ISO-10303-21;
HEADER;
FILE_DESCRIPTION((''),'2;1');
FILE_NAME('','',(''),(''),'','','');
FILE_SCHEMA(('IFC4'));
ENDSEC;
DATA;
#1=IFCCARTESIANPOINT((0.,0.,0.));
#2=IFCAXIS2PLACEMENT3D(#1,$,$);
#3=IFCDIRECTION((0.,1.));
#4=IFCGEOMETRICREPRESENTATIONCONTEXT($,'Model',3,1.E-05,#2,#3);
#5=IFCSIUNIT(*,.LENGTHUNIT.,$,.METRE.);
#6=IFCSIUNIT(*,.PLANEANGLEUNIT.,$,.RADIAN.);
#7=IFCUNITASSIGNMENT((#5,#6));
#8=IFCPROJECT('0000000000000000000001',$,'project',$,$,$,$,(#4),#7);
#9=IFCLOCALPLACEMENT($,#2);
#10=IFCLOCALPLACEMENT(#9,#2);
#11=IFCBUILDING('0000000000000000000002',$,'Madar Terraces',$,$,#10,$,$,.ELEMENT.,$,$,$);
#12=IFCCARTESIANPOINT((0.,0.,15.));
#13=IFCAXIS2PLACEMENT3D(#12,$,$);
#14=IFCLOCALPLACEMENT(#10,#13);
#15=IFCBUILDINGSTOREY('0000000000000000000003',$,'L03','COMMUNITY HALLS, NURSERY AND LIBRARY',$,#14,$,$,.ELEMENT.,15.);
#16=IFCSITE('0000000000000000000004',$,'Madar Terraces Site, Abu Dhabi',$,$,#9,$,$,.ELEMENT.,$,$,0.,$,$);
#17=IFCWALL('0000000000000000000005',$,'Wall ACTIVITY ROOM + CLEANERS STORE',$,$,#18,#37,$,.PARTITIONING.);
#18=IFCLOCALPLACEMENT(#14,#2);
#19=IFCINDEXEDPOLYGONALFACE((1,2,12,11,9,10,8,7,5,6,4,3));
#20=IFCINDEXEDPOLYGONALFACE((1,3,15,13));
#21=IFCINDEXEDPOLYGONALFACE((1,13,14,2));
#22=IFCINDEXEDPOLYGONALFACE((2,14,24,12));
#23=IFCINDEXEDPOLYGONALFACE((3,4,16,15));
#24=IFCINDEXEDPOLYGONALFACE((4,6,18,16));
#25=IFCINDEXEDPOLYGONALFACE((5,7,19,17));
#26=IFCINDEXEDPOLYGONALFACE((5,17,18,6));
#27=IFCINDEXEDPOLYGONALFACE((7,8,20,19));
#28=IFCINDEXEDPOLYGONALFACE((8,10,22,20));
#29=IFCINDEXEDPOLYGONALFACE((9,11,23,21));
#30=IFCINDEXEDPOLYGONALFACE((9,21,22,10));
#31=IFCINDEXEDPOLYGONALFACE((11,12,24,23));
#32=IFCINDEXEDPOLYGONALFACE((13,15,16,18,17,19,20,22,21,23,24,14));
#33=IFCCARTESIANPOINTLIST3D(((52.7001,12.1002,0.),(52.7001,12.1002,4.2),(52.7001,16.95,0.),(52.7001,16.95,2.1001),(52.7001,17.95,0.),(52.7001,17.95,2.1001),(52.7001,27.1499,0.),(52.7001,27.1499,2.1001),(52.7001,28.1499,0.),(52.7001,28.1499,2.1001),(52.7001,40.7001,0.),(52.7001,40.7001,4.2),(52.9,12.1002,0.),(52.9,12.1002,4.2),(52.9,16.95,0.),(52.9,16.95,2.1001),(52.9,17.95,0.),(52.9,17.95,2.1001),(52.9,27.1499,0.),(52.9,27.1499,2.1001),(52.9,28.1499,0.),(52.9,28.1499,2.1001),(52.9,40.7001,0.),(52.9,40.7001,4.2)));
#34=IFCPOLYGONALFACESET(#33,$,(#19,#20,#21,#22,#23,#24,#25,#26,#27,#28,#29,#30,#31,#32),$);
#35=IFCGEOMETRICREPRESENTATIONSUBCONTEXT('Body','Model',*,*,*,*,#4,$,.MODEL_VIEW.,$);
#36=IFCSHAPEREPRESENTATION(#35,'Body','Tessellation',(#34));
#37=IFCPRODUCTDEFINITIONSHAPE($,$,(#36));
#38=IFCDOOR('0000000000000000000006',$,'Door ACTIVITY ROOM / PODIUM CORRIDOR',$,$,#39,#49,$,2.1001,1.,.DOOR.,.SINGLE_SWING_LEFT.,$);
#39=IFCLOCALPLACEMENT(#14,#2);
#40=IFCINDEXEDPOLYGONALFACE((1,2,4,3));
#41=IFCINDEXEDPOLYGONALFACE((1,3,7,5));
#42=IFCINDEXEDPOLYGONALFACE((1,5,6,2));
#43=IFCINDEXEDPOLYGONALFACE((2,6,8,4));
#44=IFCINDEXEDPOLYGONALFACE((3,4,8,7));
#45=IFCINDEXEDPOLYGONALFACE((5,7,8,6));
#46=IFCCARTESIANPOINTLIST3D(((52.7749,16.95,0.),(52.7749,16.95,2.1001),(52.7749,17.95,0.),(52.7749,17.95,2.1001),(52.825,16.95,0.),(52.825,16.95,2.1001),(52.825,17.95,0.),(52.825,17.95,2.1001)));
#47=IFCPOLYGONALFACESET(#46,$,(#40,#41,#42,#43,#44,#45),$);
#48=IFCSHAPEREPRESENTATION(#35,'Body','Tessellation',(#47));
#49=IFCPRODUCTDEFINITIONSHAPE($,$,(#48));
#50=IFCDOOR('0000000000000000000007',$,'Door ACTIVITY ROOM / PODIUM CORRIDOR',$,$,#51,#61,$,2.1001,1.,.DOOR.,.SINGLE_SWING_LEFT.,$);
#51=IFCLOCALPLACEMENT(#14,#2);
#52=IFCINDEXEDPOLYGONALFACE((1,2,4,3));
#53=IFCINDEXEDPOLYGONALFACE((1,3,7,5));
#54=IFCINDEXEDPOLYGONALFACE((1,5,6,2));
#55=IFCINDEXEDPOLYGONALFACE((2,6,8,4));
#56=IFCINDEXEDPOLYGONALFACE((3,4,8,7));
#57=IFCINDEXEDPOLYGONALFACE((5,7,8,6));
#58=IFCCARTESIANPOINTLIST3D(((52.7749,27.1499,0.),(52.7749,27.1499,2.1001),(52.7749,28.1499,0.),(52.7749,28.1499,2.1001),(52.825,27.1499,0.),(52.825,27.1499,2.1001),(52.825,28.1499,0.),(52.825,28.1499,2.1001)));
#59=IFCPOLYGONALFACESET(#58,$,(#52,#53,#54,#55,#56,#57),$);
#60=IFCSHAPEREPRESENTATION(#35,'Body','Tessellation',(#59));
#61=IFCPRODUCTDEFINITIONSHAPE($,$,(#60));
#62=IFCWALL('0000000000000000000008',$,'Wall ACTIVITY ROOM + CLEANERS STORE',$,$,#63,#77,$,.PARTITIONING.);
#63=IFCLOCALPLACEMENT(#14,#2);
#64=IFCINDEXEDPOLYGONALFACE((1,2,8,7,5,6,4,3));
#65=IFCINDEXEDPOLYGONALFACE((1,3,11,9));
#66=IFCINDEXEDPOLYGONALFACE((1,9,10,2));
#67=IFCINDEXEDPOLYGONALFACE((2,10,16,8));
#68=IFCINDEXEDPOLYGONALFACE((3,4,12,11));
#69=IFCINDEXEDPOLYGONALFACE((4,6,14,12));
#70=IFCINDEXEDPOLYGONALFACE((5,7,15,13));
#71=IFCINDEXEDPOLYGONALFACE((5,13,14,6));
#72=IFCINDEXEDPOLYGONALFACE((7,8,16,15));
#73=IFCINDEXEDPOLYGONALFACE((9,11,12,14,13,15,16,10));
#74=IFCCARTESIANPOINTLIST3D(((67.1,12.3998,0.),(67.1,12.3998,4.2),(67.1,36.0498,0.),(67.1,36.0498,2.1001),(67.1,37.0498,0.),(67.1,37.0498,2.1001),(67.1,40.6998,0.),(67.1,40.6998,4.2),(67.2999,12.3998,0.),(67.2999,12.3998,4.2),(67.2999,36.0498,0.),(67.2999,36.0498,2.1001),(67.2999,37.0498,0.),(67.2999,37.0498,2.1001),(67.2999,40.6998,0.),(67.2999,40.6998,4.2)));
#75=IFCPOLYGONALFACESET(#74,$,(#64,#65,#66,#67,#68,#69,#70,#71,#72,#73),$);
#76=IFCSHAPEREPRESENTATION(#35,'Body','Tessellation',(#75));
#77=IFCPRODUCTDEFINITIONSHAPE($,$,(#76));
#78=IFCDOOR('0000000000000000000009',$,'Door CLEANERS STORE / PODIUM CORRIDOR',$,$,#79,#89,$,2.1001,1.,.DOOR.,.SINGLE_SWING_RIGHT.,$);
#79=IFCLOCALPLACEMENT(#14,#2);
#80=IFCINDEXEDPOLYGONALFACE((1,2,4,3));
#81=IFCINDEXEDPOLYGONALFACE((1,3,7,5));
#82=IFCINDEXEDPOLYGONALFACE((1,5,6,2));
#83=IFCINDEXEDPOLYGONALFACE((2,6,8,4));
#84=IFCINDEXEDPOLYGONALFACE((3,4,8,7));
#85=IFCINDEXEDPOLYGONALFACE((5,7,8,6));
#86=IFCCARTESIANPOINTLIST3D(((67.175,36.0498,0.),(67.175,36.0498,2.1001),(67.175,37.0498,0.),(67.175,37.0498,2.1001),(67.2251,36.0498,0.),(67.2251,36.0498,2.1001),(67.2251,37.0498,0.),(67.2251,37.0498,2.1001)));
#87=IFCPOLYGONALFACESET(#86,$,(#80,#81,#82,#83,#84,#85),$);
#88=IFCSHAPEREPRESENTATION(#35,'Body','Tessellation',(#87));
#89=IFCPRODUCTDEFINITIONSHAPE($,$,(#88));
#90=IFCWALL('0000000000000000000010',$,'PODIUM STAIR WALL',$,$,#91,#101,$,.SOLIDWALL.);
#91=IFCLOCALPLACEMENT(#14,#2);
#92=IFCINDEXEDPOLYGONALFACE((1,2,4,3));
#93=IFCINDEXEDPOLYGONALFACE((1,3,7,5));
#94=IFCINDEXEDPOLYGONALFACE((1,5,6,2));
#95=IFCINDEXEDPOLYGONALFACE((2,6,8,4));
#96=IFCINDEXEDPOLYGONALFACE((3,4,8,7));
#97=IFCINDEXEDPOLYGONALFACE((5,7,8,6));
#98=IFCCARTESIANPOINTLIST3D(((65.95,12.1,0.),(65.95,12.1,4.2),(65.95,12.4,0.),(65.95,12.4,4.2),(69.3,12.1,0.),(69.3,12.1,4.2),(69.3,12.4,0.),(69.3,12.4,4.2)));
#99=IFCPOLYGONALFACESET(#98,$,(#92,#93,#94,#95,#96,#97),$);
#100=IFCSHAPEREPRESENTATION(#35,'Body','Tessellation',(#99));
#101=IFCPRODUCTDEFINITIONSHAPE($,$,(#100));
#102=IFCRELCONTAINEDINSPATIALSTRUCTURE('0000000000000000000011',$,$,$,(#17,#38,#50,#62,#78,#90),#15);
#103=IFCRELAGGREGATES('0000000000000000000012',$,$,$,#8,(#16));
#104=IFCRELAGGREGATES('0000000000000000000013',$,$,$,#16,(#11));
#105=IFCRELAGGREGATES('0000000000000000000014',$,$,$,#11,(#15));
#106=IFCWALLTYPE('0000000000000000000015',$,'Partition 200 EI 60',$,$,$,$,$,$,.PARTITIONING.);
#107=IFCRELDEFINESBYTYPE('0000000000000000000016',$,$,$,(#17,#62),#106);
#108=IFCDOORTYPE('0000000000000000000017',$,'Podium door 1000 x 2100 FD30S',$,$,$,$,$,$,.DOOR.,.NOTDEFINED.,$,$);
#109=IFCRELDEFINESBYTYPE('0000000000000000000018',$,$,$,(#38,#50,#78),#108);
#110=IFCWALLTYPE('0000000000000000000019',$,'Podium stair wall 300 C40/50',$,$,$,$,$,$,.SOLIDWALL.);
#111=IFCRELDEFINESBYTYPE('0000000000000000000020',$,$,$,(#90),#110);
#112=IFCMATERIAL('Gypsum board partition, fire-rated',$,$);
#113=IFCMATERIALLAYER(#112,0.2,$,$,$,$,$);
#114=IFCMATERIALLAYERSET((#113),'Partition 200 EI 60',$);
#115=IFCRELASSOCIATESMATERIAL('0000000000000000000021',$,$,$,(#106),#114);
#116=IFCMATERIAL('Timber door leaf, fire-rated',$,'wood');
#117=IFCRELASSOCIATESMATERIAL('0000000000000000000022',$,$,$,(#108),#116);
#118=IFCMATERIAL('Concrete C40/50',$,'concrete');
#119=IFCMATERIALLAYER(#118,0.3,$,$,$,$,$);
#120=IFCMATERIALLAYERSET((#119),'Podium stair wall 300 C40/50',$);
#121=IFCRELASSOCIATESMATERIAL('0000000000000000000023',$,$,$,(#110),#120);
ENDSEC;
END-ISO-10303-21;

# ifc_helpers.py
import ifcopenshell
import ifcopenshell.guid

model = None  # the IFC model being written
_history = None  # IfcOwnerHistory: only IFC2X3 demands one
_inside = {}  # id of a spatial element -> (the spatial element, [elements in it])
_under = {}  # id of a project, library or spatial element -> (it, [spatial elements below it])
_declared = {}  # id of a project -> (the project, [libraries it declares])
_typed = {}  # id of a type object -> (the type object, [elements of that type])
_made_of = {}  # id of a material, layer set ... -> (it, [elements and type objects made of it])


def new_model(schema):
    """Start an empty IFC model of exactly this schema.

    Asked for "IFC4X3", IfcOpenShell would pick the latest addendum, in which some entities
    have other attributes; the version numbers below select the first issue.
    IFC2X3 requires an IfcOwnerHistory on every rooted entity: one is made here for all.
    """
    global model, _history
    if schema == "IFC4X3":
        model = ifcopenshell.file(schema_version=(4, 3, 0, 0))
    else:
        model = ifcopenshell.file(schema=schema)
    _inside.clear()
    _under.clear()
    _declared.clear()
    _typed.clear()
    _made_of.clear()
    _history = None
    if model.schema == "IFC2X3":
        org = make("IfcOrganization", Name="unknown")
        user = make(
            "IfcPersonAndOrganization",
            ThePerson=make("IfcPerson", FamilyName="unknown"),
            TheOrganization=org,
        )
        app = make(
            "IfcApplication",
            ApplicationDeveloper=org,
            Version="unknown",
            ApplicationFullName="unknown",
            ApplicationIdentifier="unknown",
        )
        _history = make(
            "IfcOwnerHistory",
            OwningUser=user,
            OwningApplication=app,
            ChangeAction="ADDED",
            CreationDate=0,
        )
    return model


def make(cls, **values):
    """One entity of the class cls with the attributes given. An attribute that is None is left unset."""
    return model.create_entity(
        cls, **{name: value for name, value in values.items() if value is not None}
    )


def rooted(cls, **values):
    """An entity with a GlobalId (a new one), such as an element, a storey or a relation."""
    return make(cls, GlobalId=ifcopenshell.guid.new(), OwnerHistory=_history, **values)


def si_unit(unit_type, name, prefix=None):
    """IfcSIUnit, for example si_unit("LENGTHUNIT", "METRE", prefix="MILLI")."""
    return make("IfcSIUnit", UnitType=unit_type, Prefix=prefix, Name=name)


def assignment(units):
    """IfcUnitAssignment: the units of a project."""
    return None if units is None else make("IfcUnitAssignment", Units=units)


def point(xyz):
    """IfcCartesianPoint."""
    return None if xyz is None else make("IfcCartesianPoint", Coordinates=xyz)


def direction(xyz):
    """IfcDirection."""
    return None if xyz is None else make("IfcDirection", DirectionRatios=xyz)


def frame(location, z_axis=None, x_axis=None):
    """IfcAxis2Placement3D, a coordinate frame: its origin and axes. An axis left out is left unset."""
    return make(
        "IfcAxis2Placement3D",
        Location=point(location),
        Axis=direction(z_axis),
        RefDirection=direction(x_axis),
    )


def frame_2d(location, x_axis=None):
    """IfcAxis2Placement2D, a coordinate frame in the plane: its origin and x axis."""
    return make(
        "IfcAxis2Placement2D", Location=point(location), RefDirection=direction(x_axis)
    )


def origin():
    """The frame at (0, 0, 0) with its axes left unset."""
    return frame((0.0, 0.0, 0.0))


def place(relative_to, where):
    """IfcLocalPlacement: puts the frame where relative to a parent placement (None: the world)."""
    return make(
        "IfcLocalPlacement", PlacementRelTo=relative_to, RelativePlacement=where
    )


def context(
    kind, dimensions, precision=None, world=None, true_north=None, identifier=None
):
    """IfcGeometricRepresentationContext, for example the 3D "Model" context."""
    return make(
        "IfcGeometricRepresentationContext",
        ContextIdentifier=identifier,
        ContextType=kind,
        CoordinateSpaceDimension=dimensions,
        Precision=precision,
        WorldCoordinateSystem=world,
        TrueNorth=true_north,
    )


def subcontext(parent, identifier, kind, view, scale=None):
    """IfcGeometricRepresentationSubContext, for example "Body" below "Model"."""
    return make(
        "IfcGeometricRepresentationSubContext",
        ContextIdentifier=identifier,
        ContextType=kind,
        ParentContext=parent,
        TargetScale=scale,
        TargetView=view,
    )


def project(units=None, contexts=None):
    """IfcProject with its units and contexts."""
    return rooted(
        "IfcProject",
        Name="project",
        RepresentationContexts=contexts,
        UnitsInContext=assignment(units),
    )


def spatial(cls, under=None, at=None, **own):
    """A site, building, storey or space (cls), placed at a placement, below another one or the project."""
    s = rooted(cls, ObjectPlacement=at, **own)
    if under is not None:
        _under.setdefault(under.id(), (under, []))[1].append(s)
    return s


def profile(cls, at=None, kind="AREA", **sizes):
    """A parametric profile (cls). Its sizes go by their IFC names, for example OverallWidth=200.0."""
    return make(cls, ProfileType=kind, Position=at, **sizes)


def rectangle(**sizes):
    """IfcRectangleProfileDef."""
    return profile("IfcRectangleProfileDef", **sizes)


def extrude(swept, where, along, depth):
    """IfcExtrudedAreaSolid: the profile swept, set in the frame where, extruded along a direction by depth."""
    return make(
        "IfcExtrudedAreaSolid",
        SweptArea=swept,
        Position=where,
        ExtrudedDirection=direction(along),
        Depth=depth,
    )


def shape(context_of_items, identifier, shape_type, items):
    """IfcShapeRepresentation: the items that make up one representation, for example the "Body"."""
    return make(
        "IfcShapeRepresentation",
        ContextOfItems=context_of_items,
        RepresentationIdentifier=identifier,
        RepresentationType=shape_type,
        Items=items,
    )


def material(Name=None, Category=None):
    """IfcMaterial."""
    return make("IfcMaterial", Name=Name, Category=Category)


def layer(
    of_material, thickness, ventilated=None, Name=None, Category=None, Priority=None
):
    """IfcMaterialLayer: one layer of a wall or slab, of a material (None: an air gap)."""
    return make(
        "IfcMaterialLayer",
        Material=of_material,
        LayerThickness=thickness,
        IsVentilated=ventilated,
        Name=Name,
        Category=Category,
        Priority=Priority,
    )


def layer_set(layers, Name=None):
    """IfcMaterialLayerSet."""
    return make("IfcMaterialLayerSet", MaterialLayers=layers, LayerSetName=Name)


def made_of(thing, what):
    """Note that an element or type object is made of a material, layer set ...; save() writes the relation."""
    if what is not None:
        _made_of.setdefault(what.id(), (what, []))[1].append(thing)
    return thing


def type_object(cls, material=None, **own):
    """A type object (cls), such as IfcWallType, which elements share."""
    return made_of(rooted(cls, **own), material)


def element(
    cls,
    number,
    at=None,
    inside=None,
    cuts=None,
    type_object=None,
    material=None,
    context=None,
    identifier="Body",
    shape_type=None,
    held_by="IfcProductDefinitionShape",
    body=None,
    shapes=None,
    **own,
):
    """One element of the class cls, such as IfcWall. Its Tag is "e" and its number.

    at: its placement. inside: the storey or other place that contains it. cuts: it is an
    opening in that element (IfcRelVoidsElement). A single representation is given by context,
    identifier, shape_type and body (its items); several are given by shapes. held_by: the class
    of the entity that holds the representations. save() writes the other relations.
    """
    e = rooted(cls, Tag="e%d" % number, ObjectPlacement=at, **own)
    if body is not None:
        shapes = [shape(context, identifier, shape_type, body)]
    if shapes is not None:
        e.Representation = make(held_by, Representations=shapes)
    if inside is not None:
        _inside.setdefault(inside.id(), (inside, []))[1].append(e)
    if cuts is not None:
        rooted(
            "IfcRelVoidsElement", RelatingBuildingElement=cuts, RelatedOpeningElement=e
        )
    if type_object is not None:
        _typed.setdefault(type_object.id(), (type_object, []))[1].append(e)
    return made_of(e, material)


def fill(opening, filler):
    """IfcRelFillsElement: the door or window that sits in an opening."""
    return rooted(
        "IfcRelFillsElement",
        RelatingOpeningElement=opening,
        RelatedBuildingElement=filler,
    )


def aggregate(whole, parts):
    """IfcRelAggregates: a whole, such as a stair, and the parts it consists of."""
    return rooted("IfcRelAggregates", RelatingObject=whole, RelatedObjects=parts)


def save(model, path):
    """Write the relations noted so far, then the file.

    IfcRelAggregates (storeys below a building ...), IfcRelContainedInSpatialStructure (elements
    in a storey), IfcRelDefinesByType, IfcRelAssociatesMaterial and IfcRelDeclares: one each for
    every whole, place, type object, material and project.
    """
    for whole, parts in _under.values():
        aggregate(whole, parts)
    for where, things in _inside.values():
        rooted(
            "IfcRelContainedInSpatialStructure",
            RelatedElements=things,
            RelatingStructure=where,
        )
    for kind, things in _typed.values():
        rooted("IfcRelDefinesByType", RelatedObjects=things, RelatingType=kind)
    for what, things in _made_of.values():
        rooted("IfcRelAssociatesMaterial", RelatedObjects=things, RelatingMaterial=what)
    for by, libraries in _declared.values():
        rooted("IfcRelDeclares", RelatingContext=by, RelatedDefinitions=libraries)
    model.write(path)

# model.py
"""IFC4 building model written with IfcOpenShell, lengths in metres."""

from ifc_helpers import new_model, si_unit, direction, frame, frame_2d, origin, place, context, subcontext, project, spatial, rectangle, extrude, material, layer, layer_set, type_object, element, fill, save


model = new_model("IFC4")

# Units and contexts
model_context = context("Model", 3, precision=1e-05, world=origin(), true_north=direction((0.0, 1.0)))
body_context = subcontext(model_context, "Body", "Model", "MODEL_VIEW")
ifc_project = project(units=[si_unit("LENGTHUNIT", "METRE"), si_unit("PLANEANGLEUNIT", "RADIAN")], contexts=[model_context])

# Site, building, storey
site_placement = place(None, origin())
site = spatial("IfcSite", under=ifc_project, at=site_placement, Name="Madar Terraces Site, Abu Dhabi", CompositionType="ELEMENT", RefElevation=0.0)
building_placement = place(site_placement, origin())
building = spatial("IfcBuilding", under=site, at=building_placement, Name="Madar Terraces", CompositionType="ELEMENT")
storey_placement = place(building_placement, frame((0.0, 0.0, 15.0)))
storey = spatial("IfcBuildingStorey", under=building, at=storey_placement, Name="L03", Description="COMMUNITY HALLS, NURSERY AND LIBRARY", CompositionType="ELEMENT", Elevation=15.0)

# Shared definitions
ifc_material_1 = material(Name="Gypsum board partition, fire-rated")
ifc_layer_1 = layer(ifc_material_1, 0.2)
ifc_layer_set_1 = layer_set([ifc_layer_1], Name="Partition 200 EI 60")
wall_type_1 = type_object("IfcWallType", Name="Partition 200 EI 60", PredefinedType="PARTITIONING", material=ifc_layer_set_1)

# Wall, openings, doors
wall_1_placement = place(storey_placement, frame((52.8, 40.7, 0.0), z_axis=(0.0, 0.0, 1.0), x_axis=(0.0, -1.0, 0.0)))
wall_1 = element("IfcWall", 1, at=wall_1_placement, inside=storey, type_object=wall_type_1, Name="Wall ACTIVITY ROOM + CLEANERS STORE", PredefinedType="PARTITIONING", context=body_context, shape_type="SweptSolid", body=[
    extrude(rectangle(XDim=28.5999, YDim=0.2, at=frame_2d((14.2998, 0.0))), origin(), (0.0, 0.0, 1.0), 4.2),
])
opening_1_placement = place(wall_1_placement, frame((22.75, 0.0, 0.0)))
opening_1 = element("IfcOpeningElement", 2, at=opening_1_placement, cuts=wall_1, PredefinedType="OPENING", context=body_context, shape_type="SweptSolid", body=[
    extrude(rectangle(XDim=1.0, YDim=2.1001, at=frame_2d((0.5, 1.05))), frame((0.0, 0.1099, 0.0), z_axis=(0.0, -1.0, 0.0), x_axis=(1.0, 0.0, 0.0)), (0.0, 0.0, 1.0), 0.22),
])
opening_2_placement = place(wall_1_placement, frame((12.55, 0.0, 0.0)))
opening_2 = element("IfcOpeningElement", 3, at=opening_2_placement, cuts=wall_1, PredefinedType="OPENING", context=body_context, shape_type="SweptSolid", body=[
    extrude(rectangle(XDim=1.0, YDim=2.1001, at=frame_2d((0.5, 1.05))), frame((0.0, 0.1099, 0.0), z_axis=(0.0, -1.0, 0.0), x_axis=(1.0, 0.0, 0.0)), (0.0, 0.0, 1.0), 0.22),
])
ifc_material_2 = material(Name="Timber door leaf, fire-rated", Category="wood")
door_type_1 = type_object("IfcDoorType", Name="Podium door 1000 x 2100 FD30S", OperationType="NOTDEFINED", PredefinedType="DOOR", material=ifc_material_2)
door_1_placement = place(opening_1_placement, origin())
door_1 = element("IfcDoor", 4, at=door_1_placement, inside=storey, type_object=door_type_1, Name="Door ACTIVITY ROOM / PODIUM CORRIDOR", OperationType="SINGLE_SWING_LEFT", OverallHeight=2.1001, OverallWidth=1.0, PredefinedType="DOOR", context=body_context, shape_type="SweptSolid", body=[
    extrude(rectangle(XDim=1.0, YDim=2.1001, at=frame_2d((0.5, 1.05))), frame((0.0, 0.0249, 0.0), z_axis=(0.0, -1.0, 0.0), x_axis=(1.0, 0.0, 0.0)), (0.0, 0.0, 1.0), 0.05),
])
fill(opening_1, door_1)
door_2_placement = place(opening_2_placement, origin())
door_2 = element("IfcDoor", 5, at=door_2_placement, inside=storey, type_object=door_type_1, Name="Door ACTIVITY ROOM / PODIUM CORRIDOR", OperationType="SINGLE_SWING_LEFT", OverallHeight=2.1001, OverallWidth=1.0, PredefinedType="DOOR", context=body_context, shape_type="SweptSolid", body=[
    extrude(rectangle(XDim=1.0, YDim=2.1001, at=frame_2d((0.5, 1.05))), frame((0.0, 0.0249, 0.0), z_axis=(0.0, -1.0, 0.0), x_axis=(1.0, 0.0, 0.0)), (0.0, 0.0, 1.0), 0.05),
])
fill(opening_2, door_2)

# Wall, opening, door
wall_2_placement = place(storey_placement, frame((67.2, 12.3999, 0.0), z_axis=(0.0, 0.0, 1.0), x_axis=(0.0, 1.0, 0.0)))
wall_2 = element("IfcWall", 6, at=wall_2_placement, inside=storey, type_object=wall_type_1, Name="Wall ACTIVITY ROOM + CLEANERS STORE", PredefinedType="PARTITIONING", context=body_context, shape_type="SweptSolid", body=[
    extrude(rectangle(XDim=28.3, YDim=0.2, at=frame_2d((14.1499, 0.0))), origin(), (0.0, 0.0, 1.0), 4.2),
])
opening_3_placement = place(wall_2_placement, frame((23.6499, 0.0, 0.0)))
opening_3 = element("IfcOpeningElement", 7, at=opening_3_placement, cuts=wall_2, PredefinedType="OPENING", context=body_context, shape_type="SweptSolid", body=[
    extrude(rectangle(XDim=1.0, YDim=2.1001, at=frame_2d((0.5, 1.05))), frame((0.0, 0.1099, 0.0), z_axis=(0.0, -1.0, 0.0), x_axis=(1.0, 0.0, 0.0)), (0.0, 0.0, 1.0), 0.22),
])
door_3_placement = place(opening_3_placement, origin())
door_3 = element("IfcDoor", 8, at=door_3_placement, inside=storey, type_object=door_type_1, Name="Door CLEANERS STORE / PODIUM CORRIDOR", OperationType="SINGLE_SWING_RIGHT", OverallHeight=2.1001, OverallWidth=1.0, PredefinedType="DOOR", context=body_context, shape_type="SweptSolid", body=[
    extrude(rectangle(XDim=1.0, YDim=2.1001, at=frame_2d((0.5, 1.05))), frame((0.0, 0.0249, 0.0), z_axis=(0.0, -1.0, 0.0), x_axis=(1.0, 0.0, 0.0)), (0.0, 0.0, 1.0), 0.05),
])
fill(opening_3, door_3)

# Wall
ifc_material_3 = material(Name="Concrete C40/50", Category="concrete")
ifc_layer_2 = layer(ifc_material_3, 0.3)
ifc_layer_set_2 = layer_set([ifc_layer_2], Name="Podium stair wall 300 C40/50")
wall_type_2 = type_object("IfcWallType", Name="Podium stair wall 300 C40/50", PredefinedType="SOLIDWALL", material=ifc_layer_set_2)
wall_3_placement = place(storey_placement, frame((65.95, 12.25, 0.0), z_axis=(0.0, 0.0, 1.0), x_axis=(1.0, 0.0, 0.0)))
element("IfcWall", 9, at=wall_3_placement, inside=storey, type_object=wall_type_2, Name="PODIUM STAIR WALL", PredefinedType="SOLIDWALL", context=body_context, shape_type="SweptSolid", body=[
    extrude(rectangle(XDim=3.3501, YDim=0.3, at=frame_2d((1.675, 0.0))), origin(), (0.0, 0.0, 1.0), 4.2),
])

save(model, "model.ifc")
